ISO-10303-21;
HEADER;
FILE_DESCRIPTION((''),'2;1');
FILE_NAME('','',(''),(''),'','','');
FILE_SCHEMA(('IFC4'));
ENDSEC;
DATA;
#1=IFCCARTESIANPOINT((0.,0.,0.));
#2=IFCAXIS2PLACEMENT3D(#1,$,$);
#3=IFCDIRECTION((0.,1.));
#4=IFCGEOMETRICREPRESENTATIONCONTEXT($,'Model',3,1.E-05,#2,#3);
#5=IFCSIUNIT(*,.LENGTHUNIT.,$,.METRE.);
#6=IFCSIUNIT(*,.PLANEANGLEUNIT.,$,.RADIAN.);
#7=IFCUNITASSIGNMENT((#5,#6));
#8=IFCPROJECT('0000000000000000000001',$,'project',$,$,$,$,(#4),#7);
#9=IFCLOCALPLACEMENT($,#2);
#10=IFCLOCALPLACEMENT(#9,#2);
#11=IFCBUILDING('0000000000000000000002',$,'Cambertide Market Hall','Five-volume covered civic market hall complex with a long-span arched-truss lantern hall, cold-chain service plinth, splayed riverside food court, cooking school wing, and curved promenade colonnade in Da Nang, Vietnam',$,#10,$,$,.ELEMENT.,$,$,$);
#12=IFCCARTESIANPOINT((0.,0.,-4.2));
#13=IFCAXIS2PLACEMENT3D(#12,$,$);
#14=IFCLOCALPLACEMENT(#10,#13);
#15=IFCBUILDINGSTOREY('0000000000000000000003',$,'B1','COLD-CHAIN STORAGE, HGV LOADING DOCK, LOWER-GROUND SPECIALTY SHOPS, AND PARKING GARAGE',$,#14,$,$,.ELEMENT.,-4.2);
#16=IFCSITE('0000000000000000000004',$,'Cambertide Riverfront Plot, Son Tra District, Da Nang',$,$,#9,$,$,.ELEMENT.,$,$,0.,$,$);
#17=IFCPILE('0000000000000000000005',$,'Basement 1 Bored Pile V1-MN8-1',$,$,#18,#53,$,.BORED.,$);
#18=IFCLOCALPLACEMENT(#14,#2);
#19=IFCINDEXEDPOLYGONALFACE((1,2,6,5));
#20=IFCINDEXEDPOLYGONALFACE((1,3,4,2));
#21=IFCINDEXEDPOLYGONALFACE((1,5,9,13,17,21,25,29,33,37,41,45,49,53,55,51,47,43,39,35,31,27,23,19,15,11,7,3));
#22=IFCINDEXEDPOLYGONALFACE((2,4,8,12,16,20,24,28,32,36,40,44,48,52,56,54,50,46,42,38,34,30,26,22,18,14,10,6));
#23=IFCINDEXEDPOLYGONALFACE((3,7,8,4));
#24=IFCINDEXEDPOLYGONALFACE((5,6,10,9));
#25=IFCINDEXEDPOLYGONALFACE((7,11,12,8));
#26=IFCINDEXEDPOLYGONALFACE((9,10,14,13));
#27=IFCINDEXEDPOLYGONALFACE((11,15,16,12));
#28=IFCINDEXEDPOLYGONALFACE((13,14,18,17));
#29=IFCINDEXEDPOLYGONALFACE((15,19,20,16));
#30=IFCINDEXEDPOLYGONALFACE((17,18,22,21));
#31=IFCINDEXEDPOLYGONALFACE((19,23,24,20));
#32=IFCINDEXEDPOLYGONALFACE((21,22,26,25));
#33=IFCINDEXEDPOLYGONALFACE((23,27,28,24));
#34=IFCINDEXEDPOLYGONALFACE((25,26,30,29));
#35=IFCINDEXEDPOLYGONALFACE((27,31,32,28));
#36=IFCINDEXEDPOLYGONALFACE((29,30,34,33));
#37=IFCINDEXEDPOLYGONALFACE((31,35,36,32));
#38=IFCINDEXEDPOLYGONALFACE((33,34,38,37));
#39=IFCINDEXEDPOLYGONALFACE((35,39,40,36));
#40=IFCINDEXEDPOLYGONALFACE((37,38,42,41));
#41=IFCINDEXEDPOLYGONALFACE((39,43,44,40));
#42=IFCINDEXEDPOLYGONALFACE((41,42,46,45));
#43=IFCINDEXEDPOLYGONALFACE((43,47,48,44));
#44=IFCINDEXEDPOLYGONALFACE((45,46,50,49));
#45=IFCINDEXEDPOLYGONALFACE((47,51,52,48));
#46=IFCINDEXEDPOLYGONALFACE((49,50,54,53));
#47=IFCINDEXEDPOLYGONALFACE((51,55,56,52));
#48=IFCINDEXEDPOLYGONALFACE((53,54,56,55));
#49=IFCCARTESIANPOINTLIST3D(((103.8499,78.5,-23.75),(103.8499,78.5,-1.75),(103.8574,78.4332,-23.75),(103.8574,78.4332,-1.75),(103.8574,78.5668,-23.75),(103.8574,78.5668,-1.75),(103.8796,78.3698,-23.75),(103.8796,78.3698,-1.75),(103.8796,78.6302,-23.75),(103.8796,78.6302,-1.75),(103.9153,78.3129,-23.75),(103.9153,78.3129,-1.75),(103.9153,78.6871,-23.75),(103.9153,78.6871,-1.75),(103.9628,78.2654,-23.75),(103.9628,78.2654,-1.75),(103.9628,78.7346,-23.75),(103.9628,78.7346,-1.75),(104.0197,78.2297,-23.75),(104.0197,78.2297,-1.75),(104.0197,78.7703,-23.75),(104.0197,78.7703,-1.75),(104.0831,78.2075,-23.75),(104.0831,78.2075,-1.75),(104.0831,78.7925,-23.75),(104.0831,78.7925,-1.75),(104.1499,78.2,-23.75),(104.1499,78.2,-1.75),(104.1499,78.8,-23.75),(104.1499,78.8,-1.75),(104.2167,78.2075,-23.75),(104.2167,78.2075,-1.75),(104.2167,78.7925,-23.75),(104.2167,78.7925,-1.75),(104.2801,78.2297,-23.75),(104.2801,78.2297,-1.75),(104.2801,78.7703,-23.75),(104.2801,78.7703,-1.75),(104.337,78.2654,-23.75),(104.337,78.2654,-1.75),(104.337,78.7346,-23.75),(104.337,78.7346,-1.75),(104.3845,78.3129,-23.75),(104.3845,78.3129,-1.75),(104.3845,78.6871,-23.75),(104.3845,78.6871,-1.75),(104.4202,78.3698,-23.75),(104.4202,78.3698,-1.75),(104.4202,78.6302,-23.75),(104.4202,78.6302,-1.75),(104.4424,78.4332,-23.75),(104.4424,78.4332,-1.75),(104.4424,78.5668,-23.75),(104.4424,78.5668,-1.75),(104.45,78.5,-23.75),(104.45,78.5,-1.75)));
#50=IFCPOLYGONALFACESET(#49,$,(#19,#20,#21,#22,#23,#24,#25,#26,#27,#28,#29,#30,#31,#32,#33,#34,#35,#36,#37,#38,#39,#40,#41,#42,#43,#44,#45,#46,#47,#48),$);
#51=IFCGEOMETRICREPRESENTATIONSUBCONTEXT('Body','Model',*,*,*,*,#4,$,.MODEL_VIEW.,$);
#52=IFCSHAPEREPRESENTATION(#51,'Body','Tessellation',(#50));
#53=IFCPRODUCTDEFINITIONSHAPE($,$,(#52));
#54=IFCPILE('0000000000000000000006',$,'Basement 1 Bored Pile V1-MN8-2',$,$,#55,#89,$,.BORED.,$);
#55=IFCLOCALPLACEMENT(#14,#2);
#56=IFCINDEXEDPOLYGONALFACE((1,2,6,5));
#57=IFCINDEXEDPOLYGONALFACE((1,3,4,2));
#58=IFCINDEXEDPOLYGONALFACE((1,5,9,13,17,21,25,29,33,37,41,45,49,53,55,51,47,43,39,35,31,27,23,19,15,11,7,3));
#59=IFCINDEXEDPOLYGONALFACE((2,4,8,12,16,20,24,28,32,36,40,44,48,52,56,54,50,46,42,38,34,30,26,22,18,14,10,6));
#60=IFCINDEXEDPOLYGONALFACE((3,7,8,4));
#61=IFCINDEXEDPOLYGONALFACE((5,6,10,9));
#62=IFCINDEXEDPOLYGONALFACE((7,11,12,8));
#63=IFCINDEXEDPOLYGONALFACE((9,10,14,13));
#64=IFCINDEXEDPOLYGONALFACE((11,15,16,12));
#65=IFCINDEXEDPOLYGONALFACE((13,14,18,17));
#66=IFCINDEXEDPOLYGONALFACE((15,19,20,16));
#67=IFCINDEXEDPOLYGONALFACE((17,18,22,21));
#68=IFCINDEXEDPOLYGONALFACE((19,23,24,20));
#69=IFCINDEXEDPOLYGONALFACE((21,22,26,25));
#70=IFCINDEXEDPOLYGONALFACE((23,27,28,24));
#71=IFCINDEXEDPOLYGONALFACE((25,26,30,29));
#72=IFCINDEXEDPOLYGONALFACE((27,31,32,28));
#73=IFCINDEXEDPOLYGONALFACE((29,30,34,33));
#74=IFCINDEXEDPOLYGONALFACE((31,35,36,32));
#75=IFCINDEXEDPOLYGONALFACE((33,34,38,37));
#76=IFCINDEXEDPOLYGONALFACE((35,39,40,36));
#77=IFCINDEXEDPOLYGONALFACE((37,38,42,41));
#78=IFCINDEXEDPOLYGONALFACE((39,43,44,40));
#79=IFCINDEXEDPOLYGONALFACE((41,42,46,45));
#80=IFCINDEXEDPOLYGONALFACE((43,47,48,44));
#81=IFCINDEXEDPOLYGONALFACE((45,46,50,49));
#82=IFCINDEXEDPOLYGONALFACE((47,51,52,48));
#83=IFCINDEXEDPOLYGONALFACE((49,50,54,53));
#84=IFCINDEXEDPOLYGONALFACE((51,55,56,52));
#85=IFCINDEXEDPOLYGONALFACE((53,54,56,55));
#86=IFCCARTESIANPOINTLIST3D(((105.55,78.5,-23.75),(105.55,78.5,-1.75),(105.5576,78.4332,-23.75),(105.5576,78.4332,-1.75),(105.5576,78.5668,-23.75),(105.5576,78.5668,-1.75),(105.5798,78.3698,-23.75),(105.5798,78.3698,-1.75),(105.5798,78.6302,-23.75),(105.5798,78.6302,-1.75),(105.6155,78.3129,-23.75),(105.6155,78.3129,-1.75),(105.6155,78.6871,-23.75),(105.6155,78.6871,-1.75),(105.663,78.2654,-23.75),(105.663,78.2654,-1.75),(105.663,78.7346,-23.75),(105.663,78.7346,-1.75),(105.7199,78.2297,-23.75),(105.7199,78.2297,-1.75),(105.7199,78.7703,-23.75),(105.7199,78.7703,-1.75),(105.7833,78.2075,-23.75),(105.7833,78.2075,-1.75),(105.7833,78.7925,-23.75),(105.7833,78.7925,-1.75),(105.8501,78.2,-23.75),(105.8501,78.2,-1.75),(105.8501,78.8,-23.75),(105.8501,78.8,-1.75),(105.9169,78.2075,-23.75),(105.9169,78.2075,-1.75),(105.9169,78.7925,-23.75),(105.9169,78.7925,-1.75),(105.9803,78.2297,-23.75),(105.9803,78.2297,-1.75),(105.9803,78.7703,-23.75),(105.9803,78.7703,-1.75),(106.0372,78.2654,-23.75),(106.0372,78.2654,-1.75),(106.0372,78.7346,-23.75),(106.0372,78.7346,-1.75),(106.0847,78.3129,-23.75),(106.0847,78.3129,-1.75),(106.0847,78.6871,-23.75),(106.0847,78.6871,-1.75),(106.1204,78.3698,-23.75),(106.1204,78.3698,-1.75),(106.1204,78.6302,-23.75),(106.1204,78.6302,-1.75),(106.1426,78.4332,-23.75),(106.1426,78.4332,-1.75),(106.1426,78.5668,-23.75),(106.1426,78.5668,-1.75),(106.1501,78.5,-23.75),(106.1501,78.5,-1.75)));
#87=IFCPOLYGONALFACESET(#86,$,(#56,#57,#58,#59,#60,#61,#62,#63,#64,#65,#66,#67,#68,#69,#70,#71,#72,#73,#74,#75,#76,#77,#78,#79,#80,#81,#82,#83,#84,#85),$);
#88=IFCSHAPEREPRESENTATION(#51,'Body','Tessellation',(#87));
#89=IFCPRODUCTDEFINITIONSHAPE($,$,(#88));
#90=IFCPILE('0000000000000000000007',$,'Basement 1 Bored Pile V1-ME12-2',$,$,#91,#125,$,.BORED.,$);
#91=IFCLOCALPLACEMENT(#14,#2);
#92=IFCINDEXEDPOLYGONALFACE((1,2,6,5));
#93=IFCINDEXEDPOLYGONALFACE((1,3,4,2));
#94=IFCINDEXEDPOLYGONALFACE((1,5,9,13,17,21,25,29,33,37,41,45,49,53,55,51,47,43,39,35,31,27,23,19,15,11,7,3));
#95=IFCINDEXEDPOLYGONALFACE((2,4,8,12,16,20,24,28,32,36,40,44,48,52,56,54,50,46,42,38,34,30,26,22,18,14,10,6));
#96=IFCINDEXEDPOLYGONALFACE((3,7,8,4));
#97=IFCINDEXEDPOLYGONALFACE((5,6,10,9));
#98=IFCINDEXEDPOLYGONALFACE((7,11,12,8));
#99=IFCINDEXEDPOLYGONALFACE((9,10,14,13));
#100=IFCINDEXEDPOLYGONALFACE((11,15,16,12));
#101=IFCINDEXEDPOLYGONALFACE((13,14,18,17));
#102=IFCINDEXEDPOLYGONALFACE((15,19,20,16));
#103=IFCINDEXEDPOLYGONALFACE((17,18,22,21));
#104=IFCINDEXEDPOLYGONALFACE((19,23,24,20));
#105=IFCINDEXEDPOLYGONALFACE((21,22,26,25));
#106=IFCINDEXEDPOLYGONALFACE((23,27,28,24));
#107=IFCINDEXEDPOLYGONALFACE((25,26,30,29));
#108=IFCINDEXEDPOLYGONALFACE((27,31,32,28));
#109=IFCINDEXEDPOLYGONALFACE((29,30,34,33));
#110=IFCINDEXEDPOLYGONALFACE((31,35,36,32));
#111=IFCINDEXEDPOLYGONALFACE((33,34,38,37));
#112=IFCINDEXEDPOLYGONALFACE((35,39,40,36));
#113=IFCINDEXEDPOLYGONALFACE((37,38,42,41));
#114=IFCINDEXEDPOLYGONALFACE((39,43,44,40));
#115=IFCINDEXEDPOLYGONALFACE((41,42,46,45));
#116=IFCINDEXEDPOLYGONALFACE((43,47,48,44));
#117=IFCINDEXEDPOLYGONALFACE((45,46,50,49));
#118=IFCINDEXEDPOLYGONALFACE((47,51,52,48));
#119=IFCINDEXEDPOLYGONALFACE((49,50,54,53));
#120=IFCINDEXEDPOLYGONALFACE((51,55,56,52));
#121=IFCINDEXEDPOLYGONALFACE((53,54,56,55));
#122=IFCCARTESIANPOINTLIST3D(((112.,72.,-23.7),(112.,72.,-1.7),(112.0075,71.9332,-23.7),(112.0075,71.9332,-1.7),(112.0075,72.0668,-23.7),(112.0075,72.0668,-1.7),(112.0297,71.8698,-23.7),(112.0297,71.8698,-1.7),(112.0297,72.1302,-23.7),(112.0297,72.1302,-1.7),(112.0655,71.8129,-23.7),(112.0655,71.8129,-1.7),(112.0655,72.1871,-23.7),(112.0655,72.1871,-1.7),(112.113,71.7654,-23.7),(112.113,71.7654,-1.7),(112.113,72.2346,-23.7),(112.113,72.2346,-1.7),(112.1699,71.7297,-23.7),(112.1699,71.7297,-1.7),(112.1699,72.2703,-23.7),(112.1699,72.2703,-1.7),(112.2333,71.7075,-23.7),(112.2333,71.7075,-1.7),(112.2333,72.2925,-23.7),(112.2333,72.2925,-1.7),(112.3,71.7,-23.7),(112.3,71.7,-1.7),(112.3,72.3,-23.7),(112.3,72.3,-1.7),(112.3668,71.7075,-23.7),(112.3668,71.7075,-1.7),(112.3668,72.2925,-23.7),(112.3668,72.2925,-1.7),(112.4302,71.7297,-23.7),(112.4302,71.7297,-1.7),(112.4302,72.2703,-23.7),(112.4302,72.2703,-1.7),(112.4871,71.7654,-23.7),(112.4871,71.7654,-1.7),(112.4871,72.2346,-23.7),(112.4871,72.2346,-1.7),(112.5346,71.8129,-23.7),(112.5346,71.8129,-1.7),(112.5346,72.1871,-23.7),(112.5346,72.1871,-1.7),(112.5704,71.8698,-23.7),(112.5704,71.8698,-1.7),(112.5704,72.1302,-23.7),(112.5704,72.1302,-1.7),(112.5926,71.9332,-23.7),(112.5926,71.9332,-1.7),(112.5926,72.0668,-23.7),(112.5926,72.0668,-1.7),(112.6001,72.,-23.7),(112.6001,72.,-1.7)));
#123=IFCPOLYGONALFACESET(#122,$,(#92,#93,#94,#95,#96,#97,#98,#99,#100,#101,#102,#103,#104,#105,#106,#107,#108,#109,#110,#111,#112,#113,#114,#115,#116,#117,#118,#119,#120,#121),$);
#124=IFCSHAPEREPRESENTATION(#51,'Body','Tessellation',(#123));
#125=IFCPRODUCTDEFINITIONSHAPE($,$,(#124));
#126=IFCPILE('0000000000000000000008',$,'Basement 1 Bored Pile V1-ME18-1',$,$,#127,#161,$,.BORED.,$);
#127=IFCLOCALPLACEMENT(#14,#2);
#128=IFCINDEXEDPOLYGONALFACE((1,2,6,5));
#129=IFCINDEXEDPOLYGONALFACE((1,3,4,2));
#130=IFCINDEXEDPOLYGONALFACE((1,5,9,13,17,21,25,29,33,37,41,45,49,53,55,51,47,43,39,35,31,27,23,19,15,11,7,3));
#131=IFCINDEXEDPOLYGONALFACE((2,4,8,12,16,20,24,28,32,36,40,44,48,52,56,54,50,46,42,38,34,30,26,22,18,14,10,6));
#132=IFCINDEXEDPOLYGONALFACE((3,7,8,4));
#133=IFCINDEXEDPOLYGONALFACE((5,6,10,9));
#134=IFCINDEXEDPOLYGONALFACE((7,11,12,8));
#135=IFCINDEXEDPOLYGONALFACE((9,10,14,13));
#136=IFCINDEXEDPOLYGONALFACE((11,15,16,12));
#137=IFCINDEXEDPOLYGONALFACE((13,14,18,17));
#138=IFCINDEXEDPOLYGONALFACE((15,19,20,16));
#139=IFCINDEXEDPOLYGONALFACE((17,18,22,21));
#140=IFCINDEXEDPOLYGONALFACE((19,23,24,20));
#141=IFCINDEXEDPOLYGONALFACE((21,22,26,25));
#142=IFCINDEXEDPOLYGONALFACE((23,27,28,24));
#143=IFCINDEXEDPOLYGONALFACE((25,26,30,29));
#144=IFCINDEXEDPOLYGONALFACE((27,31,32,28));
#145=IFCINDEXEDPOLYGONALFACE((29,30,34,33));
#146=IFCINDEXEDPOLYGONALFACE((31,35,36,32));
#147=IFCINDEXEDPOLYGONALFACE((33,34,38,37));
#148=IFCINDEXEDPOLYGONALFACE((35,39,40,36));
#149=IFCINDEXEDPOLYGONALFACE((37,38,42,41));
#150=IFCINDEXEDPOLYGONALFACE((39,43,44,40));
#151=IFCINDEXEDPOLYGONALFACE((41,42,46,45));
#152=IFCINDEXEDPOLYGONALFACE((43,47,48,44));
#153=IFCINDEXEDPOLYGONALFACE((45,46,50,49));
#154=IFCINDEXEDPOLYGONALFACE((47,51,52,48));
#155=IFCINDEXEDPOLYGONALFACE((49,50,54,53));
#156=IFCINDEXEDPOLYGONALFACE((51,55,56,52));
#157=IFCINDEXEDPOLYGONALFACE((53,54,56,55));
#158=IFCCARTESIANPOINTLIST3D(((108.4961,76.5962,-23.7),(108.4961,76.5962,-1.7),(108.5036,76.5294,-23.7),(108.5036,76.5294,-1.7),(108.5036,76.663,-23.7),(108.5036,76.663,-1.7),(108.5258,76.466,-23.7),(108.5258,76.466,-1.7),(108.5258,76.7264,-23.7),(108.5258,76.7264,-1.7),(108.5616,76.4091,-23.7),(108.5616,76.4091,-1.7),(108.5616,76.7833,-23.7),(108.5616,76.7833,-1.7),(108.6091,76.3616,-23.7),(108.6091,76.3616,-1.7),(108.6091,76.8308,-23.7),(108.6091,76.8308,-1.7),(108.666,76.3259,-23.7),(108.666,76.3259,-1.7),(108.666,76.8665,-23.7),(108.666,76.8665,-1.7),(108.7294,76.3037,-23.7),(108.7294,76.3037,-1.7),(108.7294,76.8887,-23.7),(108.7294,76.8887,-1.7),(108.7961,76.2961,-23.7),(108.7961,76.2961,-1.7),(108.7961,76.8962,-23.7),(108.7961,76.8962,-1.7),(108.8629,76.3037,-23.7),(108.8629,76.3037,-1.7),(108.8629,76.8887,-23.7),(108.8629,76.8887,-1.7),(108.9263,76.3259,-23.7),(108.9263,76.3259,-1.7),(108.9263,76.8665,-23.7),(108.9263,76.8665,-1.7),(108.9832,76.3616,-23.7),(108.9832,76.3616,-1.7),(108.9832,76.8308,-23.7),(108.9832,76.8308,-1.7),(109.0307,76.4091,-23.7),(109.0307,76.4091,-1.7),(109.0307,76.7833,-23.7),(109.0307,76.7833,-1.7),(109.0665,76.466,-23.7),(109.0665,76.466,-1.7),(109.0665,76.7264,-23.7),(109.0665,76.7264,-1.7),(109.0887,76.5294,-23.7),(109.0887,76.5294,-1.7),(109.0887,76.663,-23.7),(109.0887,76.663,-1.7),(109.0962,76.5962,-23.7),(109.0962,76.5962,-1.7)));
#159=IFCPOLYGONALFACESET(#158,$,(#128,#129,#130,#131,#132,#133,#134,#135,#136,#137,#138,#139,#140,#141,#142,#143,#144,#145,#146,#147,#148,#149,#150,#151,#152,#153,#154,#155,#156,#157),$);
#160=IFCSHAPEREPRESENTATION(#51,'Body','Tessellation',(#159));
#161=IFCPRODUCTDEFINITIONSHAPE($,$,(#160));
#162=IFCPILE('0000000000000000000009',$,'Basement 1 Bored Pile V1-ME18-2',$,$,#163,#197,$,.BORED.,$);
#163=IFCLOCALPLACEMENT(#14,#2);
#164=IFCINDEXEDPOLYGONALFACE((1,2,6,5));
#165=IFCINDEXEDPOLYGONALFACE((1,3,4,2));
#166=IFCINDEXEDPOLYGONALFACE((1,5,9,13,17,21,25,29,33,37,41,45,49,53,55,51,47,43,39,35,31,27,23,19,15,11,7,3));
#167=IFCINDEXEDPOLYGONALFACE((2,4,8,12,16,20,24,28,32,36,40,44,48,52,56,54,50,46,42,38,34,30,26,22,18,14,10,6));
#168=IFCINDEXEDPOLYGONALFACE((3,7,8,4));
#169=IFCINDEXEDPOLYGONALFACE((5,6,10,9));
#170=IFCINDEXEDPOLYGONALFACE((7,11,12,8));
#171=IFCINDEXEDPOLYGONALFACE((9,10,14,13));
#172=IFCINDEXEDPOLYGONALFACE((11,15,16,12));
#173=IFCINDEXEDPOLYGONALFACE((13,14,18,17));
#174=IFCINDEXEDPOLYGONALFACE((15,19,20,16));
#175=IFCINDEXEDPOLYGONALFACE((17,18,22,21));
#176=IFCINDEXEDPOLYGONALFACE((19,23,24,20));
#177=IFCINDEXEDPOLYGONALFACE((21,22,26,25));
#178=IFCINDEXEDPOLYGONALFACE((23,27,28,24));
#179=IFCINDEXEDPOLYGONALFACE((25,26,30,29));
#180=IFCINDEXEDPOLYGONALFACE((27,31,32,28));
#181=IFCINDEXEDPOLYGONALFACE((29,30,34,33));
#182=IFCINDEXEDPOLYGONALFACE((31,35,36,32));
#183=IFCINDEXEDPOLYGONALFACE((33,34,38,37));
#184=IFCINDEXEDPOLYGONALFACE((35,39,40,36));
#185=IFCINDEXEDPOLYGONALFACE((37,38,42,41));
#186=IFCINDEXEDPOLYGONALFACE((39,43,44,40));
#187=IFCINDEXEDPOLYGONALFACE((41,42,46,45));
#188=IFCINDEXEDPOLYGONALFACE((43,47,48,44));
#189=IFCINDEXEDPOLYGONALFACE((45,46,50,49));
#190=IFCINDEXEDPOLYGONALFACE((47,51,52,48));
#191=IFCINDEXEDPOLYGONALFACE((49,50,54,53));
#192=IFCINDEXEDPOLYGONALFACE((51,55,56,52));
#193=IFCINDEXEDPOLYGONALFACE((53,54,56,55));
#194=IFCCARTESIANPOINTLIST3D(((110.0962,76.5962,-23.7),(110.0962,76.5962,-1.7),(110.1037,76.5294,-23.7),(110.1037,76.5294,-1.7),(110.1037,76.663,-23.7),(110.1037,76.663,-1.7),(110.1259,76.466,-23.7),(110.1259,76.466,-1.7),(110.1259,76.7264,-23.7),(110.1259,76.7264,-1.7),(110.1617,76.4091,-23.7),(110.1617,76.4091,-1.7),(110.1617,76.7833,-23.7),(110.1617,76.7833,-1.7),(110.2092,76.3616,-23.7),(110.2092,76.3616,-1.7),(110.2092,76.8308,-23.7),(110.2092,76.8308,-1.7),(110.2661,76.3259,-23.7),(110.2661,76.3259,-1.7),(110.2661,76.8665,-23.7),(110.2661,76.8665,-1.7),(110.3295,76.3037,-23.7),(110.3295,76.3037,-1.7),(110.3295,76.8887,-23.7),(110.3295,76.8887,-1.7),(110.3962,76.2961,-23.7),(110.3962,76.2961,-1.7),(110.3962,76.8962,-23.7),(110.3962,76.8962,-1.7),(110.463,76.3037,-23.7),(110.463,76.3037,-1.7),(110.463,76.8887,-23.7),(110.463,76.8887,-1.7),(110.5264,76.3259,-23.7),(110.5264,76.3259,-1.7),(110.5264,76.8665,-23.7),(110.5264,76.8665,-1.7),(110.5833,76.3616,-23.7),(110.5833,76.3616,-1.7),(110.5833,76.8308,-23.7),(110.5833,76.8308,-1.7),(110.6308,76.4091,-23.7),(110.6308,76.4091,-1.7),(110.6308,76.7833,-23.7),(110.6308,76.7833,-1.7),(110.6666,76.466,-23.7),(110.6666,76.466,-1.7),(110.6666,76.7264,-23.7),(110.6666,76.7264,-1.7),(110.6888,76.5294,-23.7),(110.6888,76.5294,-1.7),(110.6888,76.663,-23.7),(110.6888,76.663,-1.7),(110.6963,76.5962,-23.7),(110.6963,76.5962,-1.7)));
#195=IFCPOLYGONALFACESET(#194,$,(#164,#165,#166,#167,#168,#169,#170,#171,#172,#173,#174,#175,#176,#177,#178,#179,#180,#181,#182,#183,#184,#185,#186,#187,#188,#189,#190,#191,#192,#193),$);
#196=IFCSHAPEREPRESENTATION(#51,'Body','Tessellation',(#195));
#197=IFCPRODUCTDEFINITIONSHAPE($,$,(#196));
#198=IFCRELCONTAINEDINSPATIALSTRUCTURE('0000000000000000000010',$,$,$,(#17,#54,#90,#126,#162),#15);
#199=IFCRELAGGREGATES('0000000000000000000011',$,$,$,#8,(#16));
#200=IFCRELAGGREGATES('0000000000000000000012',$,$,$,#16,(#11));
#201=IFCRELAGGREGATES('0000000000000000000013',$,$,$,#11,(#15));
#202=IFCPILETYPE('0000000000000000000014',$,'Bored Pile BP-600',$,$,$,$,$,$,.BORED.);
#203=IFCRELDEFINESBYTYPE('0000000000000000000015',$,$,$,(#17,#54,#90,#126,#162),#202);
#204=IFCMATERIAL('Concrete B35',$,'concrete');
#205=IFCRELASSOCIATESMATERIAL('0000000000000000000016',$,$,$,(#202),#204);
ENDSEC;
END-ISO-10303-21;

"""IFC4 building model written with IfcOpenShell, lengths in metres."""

from ifc_helpers import new_model, si_unit, direction, frame, origin, origin_2d, place, context, subcontext, project, spatial, circle, extrude, material, material_profile, profile_set, type_object, element, save


model = new_model("IFC4")

# Units and contexts
model_context = context("Model", 3, precision=1e-05, world=origin(), true_north=direction((0.0, 1.0)))
body_context = subcontext(model_context, "Body", "Model", "MODEL_VIEW")
ifc_project = project(units=[si_unit("LENGTHUNIT", "METRE"), si_unit("PLANEANGLEUNIT", "RADIAN")], contexts=[model_context])

# Site, building, storey
site_placement = place(None, origin())
site = spatial("IfcSite", under=ifc_project, at=site_placement, Name="Cambertide Riverfront Plot, Son Tra District, Da Nang", CompositionType="ELEMENT", RefElevation=0.0)
building_placement = place(site_placement, origin())
building = spatial("IfcBuilding", under=site, at=building_placement, Name="Cambertide Market Hall", Description="Five-volume covered civic market hall complex with a long-span arched-truss lantern hall, cold-chain service plinth, splayed riverside food court, cooking school wing, and curved promenade colonnade in Da Nang, Vietnam", CompositionType="ELEMENT")
storey_placement = place(building_placement, frame((0.0, 0.0, -4.2)))
storey = spatial("IfcBuildingStorey", under=building, at=storey_placement, Name="B1", Description="COLD-CHAIN STORAGE, HGV LOADING DOCK, LOWER-GROUND SPECIALTY SHOPS, AND PARKING GARAGE", CompositionType="ELEMENT", Elevation=-4.2)

# Piles
ifc_material_1 = material(Name="Concrete B35", Category="concrete")
ifc_material_profile_1 = material_profile(ifc_material_1, circle(Radius=0.3, at=origin_2d()), Name="BP D600")
ifc_profile_set_1 = profile_set([ifc_material_profile_1], Name="Concrete B35")
pile_type_1 = type_object("IfcPileType", Name="Bored Pile BP-600", PredefinedType="BORED", material=ifc_profile_set_1)
for number, where, z_axis, x_axis, name in (
    (1, (104.1499, 78.5, -1.75), (0.0, 0.0, -1.0), (1.0, 0.0, 0.0), "Basement 1 Bored Pile V1-MN8-1"),
    (2, (105.8501, 78.5, -1.75), (0.0, 0.0, -1.0), (1.0, 0.0, 0.0), "Basement 1 Bored Pile V1-MN8-2"),
    (3, (112.3, 72.0, -1.7), (0.0, 0.0, -1.0), (1.0, 0.0, 0.0), "Basement 1 Bored Pile V1-ME12-2"),
    (4, (108.7961, 76.5962, -1.7), (0.0, 0.0, -1.0), (1.0, 0.0, 0.0), "Basement 1 Bored Pile V1-ME18-1"),
    (5, (110.3962, 76.5962, -1.7), (0.0, 0.0, -1.0), (1.0, 0.0, 0.0), "Basement 1 Bored Pile V1-ME18-2"),
):
    element("IfcPile", number, at=place(storey_placement, frame(where, z_axis=z_axis, x_axis=x_axis)), inside=storey, type_object=pile_type_1, Name=name, PredefinedType="BORED", context=body_context, shape_type="SweptSolid", body=[
        extrude(circle(Radius=0.3, at=origin_2d()), origin(), (0.0, 0.0, 1.0), 22.0),
    ])

save(model, "model.ifc")
